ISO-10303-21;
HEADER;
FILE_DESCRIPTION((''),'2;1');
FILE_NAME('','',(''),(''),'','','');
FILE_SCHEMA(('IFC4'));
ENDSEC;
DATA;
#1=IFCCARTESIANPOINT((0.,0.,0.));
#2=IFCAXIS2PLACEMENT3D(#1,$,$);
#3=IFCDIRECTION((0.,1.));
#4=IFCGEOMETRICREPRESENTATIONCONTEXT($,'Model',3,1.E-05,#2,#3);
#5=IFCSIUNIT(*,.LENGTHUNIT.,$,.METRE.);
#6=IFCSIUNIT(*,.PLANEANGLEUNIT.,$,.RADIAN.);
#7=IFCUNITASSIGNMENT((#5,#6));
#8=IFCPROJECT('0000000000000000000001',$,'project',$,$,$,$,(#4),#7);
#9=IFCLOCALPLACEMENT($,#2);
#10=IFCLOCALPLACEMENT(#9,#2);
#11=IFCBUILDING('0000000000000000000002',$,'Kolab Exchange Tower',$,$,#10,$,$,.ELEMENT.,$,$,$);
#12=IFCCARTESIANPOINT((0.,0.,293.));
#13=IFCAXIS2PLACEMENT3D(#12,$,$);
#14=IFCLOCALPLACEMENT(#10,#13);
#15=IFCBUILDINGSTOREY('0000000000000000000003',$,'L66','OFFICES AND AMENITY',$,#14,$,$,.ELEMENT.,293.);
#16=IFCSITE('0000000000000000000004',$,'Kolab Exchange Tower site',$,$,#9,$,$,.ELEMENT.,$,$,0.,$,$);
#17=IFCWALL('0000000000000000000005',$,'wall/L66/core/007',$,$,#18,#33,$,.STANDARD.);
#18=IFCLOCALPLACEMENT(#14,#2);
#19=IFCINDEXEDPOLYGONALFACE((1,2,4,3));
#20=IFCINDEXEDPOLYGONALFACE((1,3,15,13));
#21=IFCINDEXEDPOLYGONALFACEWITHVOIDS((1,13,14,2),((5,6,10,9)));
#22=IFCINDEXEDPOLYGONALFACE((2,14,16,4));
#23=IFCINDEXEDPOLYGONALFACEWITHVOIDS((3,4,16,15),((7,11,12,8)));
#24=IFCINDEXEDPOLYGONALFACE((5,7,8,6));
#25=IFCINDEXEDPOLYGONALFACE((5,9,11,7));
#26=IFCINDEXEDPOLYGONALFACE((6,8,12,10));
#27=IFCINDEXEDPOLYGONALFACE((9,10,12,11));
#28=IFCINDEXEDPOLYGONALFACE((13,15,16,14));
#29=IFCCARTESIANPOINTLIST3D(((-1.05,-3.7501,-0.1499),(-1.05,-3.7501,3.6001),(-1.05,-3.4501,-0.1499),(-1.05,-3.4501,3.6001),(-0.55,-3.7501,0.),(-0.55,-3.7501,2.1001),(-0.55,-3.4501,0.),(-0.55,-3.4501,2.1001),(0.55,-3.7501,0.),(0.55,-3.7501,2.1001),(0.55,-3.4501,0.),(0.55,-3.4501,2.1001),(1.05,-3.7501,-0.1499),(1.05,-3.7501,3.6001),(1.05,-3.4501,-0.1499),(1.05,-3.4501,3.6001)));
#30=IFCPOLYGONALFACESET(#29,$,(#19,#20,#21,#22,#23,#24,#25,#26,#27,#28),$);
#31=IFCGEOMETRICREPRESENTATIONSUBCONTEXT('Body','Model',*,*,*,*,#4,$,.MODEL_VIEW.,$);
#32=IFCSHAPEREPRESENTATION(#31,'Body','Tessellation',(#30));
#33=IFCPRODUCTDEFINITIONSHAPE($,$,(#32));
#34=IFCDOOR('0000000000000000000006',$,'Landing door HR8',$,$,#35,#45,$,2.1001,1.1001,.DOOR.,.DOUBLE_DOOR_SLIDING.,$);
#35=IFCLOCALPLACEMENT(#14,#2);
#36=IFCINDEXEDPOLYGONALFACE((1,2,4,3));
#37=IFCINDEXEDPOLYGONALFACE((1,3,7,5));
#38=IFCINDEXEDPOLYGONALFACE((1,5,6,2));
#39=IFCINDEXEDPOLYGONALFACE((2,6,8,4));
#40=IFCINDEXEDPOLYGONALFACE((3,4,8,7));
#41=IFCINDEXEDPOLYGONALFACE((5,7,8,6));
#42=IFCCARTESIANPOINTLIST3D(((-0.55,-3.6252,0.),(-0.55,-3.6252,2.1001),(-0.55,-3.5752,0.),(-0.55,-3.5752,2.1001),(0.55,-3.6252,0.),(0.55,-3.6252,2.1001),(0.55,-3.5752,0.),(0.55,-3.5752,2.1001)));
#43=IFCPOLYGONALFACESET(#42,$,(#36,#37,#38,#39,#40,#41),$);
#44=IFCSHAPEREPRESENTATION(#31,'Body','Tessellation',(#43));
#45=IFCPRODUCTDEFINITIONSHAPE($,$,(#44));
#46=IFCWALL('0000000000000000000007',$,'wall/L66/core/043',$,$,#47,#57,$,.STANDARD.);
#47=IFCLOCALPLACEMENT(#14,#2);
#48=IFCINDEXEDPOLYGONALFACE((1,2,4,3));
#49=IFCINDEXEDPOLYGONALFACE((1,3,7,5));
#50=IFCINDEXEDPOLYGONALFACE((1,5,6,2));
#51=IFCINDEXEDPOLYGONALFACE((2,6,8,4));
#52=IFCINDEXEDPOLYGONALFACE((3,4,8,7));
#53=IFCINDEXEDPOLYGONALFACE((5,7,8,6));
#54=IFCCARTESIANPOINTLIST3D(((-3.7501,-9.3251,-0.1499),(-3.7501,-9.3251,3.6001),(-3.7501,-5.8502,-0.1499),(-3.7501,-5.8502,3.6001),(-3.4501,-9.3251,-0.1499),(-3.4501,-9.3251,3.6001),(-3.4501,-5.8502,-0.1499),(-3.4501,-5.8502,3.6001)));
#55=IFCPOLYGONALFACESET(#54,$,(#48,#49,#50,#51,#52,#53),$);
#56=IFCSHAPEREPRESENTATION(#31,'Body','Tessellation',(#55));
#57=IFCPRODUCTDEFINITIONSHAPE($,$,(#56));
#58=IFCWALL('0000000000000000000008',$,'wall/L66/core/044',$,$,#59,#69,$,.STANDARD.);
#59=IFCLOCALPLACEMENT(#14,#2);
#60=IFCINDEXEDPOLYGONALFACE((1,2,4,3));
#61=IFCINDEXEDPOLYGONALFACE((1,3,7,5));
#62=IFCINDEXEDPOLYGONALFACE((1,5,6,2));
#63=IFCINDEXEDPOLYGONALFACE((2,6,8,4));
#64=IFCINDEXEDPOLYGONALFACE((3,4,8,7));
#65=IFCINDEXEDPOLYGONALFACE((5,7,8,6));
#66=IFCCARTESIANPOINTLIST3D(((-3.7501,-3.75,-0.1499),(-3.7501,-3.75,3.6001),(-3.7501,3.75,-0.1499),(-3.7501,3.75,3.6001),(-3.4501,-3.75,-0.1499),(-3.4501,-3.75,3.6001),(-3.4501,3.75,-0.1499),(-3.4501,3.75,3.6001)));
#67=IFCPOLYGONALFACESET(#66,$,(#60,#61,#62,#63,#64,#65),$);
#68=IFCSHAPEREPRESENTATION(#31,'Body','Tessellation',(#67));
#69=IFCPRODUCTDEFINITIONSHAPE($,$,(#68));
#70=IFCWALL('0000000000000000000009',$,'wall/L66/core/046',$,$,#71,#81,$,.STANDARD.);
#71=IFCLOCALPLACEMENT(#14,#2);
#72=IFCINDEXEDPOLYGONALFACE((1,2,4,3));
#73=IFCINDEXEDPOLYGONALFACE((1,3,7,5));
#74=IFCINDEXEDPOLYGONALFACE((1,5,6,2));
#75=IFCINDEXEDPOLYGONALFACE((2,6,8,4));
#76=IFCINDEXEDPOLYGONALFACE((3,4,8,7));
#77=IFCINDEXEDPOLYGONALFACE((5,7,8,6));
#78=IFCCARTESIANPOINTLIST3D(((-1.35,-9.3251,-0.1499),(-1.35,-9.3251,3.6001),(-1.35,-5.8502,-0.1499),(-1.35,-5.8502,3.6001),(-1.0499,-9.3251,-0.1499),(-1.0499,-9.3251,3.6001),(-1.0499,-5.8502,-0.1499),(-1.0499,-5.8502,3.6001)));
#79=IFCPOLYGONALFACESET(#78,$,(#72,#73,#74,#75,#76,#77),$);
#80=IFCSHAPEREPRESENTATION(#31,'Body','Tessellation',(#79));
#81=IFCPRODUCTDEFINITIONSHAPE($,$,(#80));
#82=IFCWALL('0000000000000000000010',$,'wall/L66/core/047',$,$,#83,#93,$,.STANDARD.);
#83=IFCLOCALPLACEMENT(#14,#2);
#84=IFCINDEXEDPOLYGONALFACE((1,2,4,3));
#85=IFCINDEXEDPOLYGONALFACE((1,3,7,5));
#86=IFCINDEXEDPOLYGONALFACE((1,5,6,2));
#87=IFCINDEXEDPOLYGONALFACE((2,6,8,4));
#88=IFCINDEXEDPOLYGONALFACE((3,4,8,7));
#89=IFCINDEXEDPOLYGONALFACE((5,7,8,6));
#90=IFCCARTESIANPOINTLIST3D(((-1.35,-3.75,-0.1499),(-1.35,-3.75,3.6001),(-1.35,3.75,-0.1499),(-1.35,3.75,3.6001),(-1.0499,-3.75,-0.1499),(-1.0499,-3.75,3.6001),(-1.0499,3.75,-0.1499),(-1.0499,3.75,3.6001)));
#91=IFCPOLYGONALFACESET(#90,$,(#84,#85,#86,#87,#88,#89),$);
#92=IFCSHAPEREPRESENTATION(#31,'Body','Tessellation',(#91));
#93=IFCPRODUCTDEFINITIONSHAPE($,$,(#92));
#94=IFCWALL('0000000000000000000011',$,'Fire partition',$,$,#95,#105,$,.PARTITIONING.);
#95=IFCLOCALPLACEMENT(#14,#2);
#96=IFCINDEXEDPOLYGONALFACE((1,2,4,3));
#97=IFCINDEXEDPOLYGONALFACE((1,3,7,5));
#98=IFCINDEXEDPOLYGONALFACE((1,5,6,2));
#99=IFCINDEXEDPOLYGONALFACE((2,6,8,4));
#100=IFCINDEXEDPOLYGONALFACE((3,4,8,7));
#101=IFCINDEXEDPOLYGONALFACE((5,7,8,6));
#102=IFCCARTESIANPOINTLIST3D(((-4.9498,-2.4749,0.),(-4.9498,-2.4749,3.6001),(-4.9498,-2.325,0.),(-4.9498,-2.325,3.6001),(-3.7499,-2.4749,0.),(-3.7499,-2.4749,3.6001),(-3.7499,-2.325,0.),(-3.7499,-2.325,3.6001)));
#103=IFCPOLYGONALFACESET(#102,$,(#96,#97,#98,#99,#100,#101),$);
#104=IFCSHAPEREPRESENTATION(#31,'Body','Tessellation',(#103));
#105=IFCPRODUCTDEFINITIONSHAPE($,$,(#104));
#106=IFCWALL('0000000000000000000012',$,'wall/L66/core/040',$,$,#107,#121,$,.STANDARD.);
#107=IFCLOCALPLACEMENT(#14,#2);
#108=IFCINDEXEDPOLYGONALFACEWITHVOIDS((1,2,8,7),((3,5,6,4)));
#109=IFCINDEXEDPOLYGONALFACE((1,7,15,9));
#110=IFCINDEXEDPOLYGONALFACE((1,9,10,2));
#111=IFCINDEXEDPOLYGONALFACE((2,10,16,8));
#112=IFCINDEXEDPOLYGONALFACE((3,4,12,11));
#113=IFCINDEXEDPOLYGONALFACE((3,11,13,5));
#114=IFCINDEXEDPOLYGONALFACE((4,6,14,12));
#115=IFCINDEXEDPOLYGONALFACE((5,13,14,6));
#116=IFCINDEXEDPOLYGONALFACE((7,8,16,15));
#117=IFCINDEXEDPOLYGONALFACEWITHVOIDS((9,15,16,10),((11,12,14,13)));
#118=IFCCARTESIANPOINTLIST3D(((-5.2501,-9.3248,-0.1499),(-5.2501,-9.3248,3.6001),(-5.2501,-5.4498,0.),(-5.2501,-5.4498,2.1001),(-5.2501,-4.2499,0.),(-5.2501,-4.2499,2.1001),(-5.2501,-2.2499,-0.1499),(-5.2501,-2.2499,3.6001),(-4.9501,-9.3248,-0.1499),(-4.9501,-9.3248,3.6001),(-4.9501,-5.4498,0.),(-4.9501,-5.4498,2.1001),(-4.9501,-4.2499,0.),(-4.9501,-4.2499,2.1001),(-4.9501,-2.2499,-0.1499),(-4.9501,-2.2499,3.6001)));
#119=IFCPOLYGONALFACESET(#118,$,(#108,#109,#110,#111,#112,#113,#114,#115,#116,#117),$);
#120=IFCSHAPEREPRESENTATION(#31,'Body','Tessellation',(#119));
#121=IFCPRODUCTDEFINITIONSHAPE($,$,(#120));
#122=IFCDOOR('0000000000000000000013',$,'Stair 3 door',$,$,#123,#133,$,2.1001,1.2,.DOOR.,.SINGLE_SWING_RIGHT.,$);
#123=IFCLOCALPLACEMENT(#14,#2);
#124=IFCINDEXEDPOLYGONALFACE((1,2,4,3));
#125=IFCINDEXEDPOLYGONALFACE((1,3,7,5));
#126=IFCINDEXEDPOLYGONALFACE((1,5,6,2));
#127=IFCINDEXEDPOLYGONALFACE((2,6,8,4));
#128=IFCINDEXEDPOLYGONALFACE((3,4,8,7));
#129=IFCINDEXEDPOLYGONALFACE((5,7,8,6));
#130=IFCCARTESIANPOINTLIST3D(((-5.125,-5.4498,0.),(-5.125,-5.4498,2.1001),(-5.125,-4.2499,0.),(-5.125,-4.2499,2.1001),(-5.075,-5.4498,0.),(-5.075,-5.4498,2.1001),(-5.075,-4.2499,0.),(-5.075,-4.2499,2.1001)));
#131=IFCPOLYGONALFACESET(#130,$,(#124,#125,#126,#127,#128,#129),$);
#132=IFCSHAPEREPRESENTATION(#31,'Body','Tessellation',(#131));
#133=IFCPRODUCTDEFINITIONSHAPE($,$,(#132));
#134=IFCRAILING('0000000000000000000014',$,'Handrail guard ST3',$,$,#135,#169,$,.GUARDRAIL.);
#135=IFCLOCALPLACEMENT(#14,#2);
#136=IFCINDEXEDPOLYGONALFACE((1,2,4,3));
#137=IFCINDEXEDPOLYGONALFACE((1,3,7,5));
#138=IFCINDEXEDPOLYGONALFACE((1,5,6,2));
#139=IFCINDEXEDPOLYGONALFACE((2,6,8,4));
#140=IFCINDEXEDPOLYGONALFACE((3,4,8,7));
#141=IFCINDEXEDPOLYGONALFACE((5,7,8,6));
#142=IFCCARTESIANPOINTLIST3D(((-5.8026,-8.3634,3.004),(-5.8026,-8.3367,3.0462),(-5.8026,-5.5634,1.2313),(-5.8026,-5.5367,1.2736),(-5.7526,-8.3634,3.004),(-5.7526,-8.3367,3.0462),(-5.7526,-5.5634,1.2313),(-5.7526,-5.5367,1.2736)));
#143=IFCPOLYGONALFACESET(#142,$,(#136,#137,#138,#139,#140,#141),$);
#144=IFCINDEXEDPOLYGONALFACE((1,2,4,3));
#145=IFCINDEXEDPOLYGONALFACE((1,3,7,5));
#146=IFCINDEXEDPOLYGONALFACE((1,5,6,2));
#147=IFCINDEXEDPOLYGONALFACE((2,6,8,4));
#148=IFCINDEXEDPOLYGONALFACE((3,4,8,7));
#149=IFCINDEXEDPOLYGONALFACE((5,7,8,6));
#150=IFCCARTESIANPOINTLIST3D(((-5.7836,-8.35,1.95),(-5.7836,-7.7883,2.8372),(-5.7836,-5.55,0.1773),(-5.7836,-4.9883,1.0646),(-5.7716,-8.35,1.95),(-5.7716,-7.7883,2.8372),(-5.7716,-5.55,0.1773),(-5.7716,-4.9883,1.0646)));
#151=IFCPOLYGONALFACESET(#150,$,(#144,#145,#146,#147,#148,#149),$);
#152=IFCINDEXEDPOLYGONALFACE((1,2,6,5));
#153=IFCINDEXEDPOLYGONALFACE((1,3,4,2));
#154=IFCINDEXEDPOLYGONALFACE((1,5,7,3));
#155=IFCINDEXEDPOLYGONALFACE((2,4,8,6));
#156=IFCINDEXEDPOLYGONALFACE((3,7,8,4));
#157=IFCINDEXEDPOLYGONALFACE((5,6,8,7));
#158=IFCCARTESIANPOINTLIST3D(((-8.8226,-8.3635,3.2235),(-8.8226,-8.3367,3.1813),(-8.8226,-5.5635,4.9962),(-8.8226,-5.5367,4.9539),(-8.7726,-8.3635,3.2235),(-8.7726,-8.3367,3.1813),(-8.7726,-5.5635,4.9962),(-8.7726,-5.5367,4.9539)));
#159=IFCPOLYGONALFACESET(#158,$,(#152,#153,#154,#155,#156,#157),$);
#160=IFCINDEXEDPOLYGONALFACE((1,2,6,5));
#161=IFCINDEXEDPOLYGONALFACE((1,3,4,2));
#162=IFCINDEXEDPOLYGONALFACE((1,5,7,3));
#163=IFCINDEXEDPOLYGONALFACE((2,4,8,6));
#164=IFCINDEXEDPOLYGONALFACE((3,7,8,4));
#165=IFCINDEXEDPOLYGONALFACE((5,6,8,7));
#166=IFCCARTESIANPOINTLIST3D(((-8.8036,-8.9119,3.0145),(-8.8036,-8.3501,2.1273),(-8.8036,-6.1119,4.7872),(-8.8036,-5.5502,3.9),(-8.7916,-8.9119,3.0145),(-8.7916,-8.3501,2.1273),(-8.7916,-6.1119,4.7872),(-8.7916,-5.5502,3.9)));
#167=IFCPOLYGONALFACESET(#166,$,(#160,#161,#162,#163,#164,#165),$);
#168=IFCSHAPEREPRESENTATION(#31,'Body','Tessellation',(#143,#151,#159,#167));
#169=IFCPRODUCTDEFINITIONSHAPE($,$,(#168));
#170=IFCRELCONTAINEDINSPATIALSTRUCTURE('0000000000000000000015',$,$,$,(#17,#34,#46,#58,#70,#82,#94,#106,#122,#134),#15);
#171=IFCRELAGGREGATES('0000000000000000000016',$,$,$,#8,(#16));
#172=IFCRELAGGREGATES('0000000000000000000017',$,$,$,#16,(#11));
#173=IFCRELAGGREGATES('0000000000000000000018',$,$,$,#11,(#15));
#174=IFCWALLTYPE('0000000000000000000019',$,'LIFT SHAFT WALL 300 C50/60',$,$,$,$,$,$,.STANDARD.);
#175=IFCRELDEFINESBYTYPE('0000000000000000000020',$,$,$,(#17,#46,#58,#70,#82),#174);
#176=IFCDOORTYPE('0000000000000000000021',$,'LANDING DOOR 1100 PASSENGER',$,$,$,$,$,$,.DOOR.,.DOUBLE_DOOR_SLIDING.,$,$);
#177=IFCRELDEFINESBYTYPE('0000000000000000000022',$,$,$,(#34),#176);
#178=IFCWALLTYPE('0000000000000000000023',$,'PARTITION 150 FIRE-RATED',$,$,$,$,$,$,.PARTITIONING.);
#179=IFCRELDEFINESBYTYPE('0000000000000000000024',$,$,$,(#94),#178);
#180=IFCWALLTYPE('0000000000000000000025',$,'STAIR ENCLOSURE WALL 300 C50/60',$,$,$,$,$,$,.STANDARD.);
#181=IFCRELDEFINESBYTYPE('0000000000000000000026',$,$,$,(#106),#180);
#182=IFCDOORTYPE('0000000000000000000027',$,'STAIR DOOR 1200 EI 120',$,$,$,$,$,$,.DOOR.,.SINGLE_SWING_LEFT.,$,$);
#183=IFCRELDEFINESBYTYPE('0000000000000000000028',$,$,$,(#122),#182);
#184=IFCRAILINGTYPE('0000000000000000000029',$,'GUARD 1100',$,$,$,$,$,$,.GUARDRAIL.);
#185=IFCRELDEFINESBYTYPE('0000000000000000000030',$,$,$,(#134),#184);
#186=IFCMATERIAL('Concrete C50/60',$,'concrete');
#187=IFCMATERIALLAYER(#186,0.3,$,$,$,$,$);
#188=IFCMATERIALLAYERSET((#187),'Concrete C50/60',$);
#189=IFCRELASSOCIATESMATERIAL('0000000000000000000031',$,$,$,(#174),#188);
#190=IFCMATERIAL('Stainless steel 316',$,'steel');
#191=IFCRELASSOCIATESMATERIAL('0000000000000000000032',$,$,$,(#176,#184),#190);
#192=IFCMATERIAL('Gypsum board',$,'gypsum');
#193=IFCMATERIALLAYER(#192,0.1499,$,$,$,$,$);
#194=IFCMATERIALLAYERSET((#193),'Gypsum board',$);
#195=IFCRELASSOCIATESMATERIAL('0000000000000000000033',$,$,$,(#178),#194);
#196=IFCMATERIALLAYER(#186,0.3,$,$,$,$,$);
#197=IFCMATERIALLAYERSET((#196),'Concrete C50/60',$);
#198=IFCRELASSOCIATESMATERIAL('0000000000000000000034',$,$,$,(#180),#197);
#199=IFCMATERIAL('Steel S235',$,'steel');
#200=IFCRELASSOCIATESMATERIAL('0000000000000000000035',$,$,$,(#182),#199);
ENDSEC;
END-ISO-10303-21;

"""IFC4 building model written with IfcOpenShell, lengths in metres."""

from ifc_helpers import new_model, si_unit, direction, frame, frame_2d, origin, origin_2d, place, context, subcontext, project, spatial, rectangle, extrude, material, layer, layer_set, type_object, element, fill, save


model = new_model("IFC4")

# Units and contexts
model_context = context("Model", 3, precision=1e-05, world=origin(), true_north=direction((0.0, 1.0)))
body_context = subcontext(model_context, "Body", "Model", "MODEL_VIEW")
ifc_project = project(units=[si_unit("LENGTHUNIT", "METRE"), si_unit("PLANEANGLEUNIT", "RADIAN")], contexts=[model_context])

# Site, building, storey
site_placement = place(None, origin())
site = spatial("IfcSite", under=ifc_project, at=site_placement, Name="Kolab Exchange Tower site", CompositionType="ELEMENT", RefElevation=0.0)
building_placement = place(site_placement, origin())
building = spatial("IfcBuilding", under=site, at=building_placement, Name="Kolab Exchange Tower", CompositionType="ELEMENT")
storey_placement = place(building_placement, frame((0.0, 0.0, 293.0)))
storey = spatial("IfcBuildingStorey", under=building, at=storey_placement, Name="L66", Description="OFFICES AND AMENITY", CompositionType="ELEMENT", Elevation=293.0)

# Wall, opening, door
ifc_material_1 = material(Name="Concrete C50/60", Category="concrete")
ifc_material_2 = material(Name="Steel S235", Category="steel")
ifc_layer_1 = layer(ifc_material_1, 0.3)
ifc_layer_set_1 = layer_set([ifc_layer_1], Name="Concrete C50/60")
wall_type_1 = type_object("IfcWallType", Name="LIFT SHAFT WALL 300 C50/60", PredefinedType="STANDARD", material=ifc_layer_set_1)
ifc_material_3 = material(Name="Stainless steel 316", Category="steel")
door_type_1 = type_object("IfcDoorType", Name="LANDING DOOR 1100 PASSENGER", OperationType="DOUBLE_DOOR_SLIDING", PredefinedType="DOOR", material=ifc_material_3)
wall_1_placement = place(storey_placement, frame((-1.05, -3.6001, -0.1499), z_axis=(0.0, 0.0, 1.0), x_axis=(1.0, 0.0, 0.0)))
wall_1 = element("IfcWall", 1, at=wall_1_placement, inside=storey, type_object=wall_type_1, Name="wall/L66/core/007", PredefinedType="STANDARD", context=body_context, shape_type="SweptSolid", body=[
    extrude(rectangle(XDim=2.1001, YDim=0.3, at=frame_2d((1.05, 0.0))), origin(), (0.0, 0.0, 1.0), 3.75),
])
opening_1_placement = place(wall_1_placement, frame((0.5, 0.0, 0.1499)))
opening_1 = element("IfcOpeningElement", 2, at=opening_1_placement, cuts=wall_1, PredefinedType="OPENING", context=body_context, shape_type="SweptSolid", body=[
    extrude(rectangle(XDim=1.1001, YDim=2.1001, at=frame_2d((0.55, 1.05))), frame((0.0, 0.1602, 0.0), z_axis=(0.0, -1.0, 0.0), x_axis=(1.0, 0.0, 0.0)), (0.0, 0.0, 1.0), 0.3201),
])
door_1_placement = place(opening_1_placement, origin())
door_1 = element("IfcDoor", 3, at=door_1_placement, inside=storey, type_object=door_type_1, Name="Landing door HR8", OperationType="DOUBLE_DOOR_SLIDING", OverallHeight=2.1001, OverallWidth=1.1001, PredefinedType="DOOR", context=body_context, shape_type="SweptSolid", body=[
    extrude(rectangle(XDim=1.1001, YDim=2.1001, at=frame_2d((0.55, 1.05))), frame((0.0, 0.0249, 0.0), z_axis=(0.0, -1.0, 0.0), x_axis=(1.0, 0.0, 0.0)), (0.0, 0.0, 1.0), 0.05),
])
fill(opening_1, door_1)

# Walls
wall_2_placement = place(storey_placement, frame((-3.6001, -9.325, -0.1499), z_axis=(0.0, 0.0, 1.0), x_axis=(0.0, 1.0, 0.0)))
element("IfcWall", 4, at=wall_2_placement, inside=storey, type_object=wall_type_1, Name="wall/L66/core/043", PredefinedType="STANDARD", context=body_context, shape_type="SweptSolid", body=[
    extrude(rectangle(XDim=3.4749, YDim=0.3, at=frame_2d((1.7373, 0.0))), origin(), (0.0, 0.0, 1.0), 3.75),
])
wall_3_placement = place(storey_placement, frame((-3.6001, -3.75, -0.1499), z_axis=(0.0, 0.0, 1.0), x_axis=(0.0, 1.0, 0.0)))
element("IfcWall", 5, at=wall_3_placement, inside=storey, type_object=wall_type_1, Name="wall/L66/core/044", PredefinedType="STANDARD", context=body_context, shape_type="SweptSolid", body=[
    extrude(rectangle(XDim=7.5, YDim=0.3, at=frame_2d((3.75, 0.0))), origin(), (0.0, 0.0, 1.0), 3.75),
])
wall_4_placement = place(storey_placement, frame((-1.2, -9.325, -0.1499), z_axis=(0.0, 0.0, 1.0), x_axis=(0.0, 1.0, 0.0)))
element("IfcWall", 6, at=wall_4_placement, inside=storey, type_object=wall_type_1, Name="wall/L66/core/046", PredefinedType="STANDARD", context=body_context, shape_type="SweptSolid", body=[
    extrude(rectangle(XDim=3.4749, YDim=0.3, at=frame_2d((1.7373, 0.0))), origin(), (0.0, 0.0, 1.0), 3.75),
])
wall_5_placement = place(storey_placement, frame((-1.2, -3.75, -0.1499), z_axis=(0.0, 0.0, 1.0), x_axis=(0.0, 1.0, 0.0)))
element("IfcWall", 7, at=wall_5_placement, inside=storey, type_object=wall_type_1, Name="wall/L66/core/047", PredefinedType="STANDARD", context=body_context, shape_type="SweptSolid", body=[
    extrude(rectangle(XDim=7.5, YDim=0.3, at=frame_2d((3.75, 0.0))), origin(), (0.0, 0.0, 1.0), 3.75),
])
ifc_material_4 = material(Name="Gypsum board", Category="gypsum")
ifc_layer_2 = layer(ifc_material_4, 0.1499)
ifc_layer_set_2 = layer_set([ifc_layer_2], Name="Gypsum board")
wall_type_2 = type_object("IfcWallType", Name="PARTITION 150 FIRE-RATED", PredefinedType="PARTITIONING", material=ifc_layer_set_2)
wall_6_placement = place(storey_placement, frame((-4.95, -2.3999, 0.0), z_axis=(0.0, 0.0, 1.0), x_axis=(1.0, 0.0, 0.0)))
element("IfcWall", 8, at=wall_6_placement, inside=storey, type_object=wall_type_2, Name="Fire partition", PredefinedType="PARTITIONING", context=body_context, shape_type="SweptSolid", body=[
    extrude(rectangle(XDim=1.2, YDim=0.1499, at=frame_2d((0.6001, 0.0))), origin(), (0.0, 0.0, 1.0), 3.6001),
])

# Wall, opening, door
ifc_layer_3 = layer(ifc_material_1, 0.3)
ifc_layer_set_3 = layer_set([ifc_layer_3], Name="Concrete C50/60")
wall_type_3 = type_object("IfcWallType", Name="STAIR ENCLOSURE WALL 300 C50/60", PredefinedType="STANDARD", material=ifc_layer_set_3)
wall_7_placement = place(storey_placement, frame((-5.1001, -9.325, -0.1499), z_axis=(0.0, 0.0, 1.0), x_axis=(0.0, 1.0, 0.0)))
wall_7 = element("IfcWall", 9, at=wall_7_placement, inside=storey, type_object=wall_type_3, Name="wall/L66/core/040", PredefinedType="STANDARD", context=body_context, shape_type="SweptSolid", body=[
    extrude(rectangle(XDim=7.075, YDim=0.3, at=frame_2d((3.5376, 0.0))), origin(), (0.0, 0.0, 1.0), 3.75),
])
opening_2_placement = place(wall_7_placement, frame((3.875, 0.0, 0.1499)))
opening_2 = element("IfcOpeningElement", 10, at=opening_2_placement, cuts=wall_7, PredefinedType="OPENING", context=body_context, shape_type="SweptSolid", body=[
    extrude(rectangle(XDim=1.2, YDim=2.1001, at=frame_2d((0.6001, 1.05))), frame((0.0, 0.1602, 0.0), z_axis=(0.0, -1.0, 0.0), x_axis=(1.0, 0.0, 0.0)), (0.0, 0.0, 1.0), 0.3201),
])
door_type_2 = type_object("IfcDoorType", Name="STAIR DOOR 1200 EI 120", OperationType="SINGLE_SWING_LEFT", PredefinedType="DOOR", material=ifc_material_2)
door_2_placement = place(opening_2_placement, origin())
door_2 = element("IfcDoor", 11, at=door_2_placement, inside=storey, type_object=door_type_2, Name="Stair 3 door", OperationType="SINGLE_SWING_RIGHT", OverallHeight=2.1001, OverallWidth=1.2, PredefinedType="DOOR", context=body_context, shape_type="SweptSolid", body=[
    extrude(rectangle(XDim=1.2, YDim=2.1001, at=frame_2d((0.6001, 1.05))), frame((0.0, 0.0249, 0.0), z_axis=(0.0, -1.0, 0.0), x_axis=(1.0, 0.0, 0.0)), (0.0, 0.0, 1.0), 0.05),
])
fill(opening_2, door_2)

# Railing
railing_type = type_object("IfcRailingType", Name="GUARD 1100", PredefinedType="GUARDRAIL", material=ifc_material_3)
railing_placement = place(storey_placement, frame((-5.7776, -5.55, 0.1772)))
element("IfcRailing", 12, at=railing_placement, inside=storey, type_object=railing_type, Name="Handrail guard ST3", PredefinedType="GUARDRAIL", context=body_context, shape_type="SweptSolid", body=[
    extrude(rectangle(XDim=0.05, YDim=0.05, at=origin_2d()), frame((0.0, 0.0, 1.0752), z_axis=(0.0, -0.844909, 0.53491), x_axis=(1.0, 0.0, 0.0)), (0.0, 0.0, 1.0), 3.314),
    extrude(rectangle(XDim=0.012, YDim=1.0501, at=frame_2d((0.0, 0.5251))), frame((0.0, 0.0, 0.0), z_axis=(0.0, -0.844909, 0.53491), x_axis=(1.0, 0.0, 0.0)), (0.0, 0.0, 1.0), 3.314),
    extrude(rectangle(XDim=0.05, YDim=0.05, at=origin_2d()), frame((-3.02, -2.8, 3.0251), z_axis=(0.0, 0.844909, 0.53491), x_axis=(-1.0, 0.0, 0.0)), (0.0, 0.0, 1.0), 3.314),
    extrude(rectangle(XDim=0.012, YDim=1.0501, at=frame_2d((0.0, 0.5251))), frame((-3.02, -2.8, 1.95), z_axis=(0.0, 0.844909, 0.53491), x_axis=(-1.0, 0.0, 0.0)), (0.0, 0.0, 1.0), 3.314),
])

save(model, "model.ifc")
